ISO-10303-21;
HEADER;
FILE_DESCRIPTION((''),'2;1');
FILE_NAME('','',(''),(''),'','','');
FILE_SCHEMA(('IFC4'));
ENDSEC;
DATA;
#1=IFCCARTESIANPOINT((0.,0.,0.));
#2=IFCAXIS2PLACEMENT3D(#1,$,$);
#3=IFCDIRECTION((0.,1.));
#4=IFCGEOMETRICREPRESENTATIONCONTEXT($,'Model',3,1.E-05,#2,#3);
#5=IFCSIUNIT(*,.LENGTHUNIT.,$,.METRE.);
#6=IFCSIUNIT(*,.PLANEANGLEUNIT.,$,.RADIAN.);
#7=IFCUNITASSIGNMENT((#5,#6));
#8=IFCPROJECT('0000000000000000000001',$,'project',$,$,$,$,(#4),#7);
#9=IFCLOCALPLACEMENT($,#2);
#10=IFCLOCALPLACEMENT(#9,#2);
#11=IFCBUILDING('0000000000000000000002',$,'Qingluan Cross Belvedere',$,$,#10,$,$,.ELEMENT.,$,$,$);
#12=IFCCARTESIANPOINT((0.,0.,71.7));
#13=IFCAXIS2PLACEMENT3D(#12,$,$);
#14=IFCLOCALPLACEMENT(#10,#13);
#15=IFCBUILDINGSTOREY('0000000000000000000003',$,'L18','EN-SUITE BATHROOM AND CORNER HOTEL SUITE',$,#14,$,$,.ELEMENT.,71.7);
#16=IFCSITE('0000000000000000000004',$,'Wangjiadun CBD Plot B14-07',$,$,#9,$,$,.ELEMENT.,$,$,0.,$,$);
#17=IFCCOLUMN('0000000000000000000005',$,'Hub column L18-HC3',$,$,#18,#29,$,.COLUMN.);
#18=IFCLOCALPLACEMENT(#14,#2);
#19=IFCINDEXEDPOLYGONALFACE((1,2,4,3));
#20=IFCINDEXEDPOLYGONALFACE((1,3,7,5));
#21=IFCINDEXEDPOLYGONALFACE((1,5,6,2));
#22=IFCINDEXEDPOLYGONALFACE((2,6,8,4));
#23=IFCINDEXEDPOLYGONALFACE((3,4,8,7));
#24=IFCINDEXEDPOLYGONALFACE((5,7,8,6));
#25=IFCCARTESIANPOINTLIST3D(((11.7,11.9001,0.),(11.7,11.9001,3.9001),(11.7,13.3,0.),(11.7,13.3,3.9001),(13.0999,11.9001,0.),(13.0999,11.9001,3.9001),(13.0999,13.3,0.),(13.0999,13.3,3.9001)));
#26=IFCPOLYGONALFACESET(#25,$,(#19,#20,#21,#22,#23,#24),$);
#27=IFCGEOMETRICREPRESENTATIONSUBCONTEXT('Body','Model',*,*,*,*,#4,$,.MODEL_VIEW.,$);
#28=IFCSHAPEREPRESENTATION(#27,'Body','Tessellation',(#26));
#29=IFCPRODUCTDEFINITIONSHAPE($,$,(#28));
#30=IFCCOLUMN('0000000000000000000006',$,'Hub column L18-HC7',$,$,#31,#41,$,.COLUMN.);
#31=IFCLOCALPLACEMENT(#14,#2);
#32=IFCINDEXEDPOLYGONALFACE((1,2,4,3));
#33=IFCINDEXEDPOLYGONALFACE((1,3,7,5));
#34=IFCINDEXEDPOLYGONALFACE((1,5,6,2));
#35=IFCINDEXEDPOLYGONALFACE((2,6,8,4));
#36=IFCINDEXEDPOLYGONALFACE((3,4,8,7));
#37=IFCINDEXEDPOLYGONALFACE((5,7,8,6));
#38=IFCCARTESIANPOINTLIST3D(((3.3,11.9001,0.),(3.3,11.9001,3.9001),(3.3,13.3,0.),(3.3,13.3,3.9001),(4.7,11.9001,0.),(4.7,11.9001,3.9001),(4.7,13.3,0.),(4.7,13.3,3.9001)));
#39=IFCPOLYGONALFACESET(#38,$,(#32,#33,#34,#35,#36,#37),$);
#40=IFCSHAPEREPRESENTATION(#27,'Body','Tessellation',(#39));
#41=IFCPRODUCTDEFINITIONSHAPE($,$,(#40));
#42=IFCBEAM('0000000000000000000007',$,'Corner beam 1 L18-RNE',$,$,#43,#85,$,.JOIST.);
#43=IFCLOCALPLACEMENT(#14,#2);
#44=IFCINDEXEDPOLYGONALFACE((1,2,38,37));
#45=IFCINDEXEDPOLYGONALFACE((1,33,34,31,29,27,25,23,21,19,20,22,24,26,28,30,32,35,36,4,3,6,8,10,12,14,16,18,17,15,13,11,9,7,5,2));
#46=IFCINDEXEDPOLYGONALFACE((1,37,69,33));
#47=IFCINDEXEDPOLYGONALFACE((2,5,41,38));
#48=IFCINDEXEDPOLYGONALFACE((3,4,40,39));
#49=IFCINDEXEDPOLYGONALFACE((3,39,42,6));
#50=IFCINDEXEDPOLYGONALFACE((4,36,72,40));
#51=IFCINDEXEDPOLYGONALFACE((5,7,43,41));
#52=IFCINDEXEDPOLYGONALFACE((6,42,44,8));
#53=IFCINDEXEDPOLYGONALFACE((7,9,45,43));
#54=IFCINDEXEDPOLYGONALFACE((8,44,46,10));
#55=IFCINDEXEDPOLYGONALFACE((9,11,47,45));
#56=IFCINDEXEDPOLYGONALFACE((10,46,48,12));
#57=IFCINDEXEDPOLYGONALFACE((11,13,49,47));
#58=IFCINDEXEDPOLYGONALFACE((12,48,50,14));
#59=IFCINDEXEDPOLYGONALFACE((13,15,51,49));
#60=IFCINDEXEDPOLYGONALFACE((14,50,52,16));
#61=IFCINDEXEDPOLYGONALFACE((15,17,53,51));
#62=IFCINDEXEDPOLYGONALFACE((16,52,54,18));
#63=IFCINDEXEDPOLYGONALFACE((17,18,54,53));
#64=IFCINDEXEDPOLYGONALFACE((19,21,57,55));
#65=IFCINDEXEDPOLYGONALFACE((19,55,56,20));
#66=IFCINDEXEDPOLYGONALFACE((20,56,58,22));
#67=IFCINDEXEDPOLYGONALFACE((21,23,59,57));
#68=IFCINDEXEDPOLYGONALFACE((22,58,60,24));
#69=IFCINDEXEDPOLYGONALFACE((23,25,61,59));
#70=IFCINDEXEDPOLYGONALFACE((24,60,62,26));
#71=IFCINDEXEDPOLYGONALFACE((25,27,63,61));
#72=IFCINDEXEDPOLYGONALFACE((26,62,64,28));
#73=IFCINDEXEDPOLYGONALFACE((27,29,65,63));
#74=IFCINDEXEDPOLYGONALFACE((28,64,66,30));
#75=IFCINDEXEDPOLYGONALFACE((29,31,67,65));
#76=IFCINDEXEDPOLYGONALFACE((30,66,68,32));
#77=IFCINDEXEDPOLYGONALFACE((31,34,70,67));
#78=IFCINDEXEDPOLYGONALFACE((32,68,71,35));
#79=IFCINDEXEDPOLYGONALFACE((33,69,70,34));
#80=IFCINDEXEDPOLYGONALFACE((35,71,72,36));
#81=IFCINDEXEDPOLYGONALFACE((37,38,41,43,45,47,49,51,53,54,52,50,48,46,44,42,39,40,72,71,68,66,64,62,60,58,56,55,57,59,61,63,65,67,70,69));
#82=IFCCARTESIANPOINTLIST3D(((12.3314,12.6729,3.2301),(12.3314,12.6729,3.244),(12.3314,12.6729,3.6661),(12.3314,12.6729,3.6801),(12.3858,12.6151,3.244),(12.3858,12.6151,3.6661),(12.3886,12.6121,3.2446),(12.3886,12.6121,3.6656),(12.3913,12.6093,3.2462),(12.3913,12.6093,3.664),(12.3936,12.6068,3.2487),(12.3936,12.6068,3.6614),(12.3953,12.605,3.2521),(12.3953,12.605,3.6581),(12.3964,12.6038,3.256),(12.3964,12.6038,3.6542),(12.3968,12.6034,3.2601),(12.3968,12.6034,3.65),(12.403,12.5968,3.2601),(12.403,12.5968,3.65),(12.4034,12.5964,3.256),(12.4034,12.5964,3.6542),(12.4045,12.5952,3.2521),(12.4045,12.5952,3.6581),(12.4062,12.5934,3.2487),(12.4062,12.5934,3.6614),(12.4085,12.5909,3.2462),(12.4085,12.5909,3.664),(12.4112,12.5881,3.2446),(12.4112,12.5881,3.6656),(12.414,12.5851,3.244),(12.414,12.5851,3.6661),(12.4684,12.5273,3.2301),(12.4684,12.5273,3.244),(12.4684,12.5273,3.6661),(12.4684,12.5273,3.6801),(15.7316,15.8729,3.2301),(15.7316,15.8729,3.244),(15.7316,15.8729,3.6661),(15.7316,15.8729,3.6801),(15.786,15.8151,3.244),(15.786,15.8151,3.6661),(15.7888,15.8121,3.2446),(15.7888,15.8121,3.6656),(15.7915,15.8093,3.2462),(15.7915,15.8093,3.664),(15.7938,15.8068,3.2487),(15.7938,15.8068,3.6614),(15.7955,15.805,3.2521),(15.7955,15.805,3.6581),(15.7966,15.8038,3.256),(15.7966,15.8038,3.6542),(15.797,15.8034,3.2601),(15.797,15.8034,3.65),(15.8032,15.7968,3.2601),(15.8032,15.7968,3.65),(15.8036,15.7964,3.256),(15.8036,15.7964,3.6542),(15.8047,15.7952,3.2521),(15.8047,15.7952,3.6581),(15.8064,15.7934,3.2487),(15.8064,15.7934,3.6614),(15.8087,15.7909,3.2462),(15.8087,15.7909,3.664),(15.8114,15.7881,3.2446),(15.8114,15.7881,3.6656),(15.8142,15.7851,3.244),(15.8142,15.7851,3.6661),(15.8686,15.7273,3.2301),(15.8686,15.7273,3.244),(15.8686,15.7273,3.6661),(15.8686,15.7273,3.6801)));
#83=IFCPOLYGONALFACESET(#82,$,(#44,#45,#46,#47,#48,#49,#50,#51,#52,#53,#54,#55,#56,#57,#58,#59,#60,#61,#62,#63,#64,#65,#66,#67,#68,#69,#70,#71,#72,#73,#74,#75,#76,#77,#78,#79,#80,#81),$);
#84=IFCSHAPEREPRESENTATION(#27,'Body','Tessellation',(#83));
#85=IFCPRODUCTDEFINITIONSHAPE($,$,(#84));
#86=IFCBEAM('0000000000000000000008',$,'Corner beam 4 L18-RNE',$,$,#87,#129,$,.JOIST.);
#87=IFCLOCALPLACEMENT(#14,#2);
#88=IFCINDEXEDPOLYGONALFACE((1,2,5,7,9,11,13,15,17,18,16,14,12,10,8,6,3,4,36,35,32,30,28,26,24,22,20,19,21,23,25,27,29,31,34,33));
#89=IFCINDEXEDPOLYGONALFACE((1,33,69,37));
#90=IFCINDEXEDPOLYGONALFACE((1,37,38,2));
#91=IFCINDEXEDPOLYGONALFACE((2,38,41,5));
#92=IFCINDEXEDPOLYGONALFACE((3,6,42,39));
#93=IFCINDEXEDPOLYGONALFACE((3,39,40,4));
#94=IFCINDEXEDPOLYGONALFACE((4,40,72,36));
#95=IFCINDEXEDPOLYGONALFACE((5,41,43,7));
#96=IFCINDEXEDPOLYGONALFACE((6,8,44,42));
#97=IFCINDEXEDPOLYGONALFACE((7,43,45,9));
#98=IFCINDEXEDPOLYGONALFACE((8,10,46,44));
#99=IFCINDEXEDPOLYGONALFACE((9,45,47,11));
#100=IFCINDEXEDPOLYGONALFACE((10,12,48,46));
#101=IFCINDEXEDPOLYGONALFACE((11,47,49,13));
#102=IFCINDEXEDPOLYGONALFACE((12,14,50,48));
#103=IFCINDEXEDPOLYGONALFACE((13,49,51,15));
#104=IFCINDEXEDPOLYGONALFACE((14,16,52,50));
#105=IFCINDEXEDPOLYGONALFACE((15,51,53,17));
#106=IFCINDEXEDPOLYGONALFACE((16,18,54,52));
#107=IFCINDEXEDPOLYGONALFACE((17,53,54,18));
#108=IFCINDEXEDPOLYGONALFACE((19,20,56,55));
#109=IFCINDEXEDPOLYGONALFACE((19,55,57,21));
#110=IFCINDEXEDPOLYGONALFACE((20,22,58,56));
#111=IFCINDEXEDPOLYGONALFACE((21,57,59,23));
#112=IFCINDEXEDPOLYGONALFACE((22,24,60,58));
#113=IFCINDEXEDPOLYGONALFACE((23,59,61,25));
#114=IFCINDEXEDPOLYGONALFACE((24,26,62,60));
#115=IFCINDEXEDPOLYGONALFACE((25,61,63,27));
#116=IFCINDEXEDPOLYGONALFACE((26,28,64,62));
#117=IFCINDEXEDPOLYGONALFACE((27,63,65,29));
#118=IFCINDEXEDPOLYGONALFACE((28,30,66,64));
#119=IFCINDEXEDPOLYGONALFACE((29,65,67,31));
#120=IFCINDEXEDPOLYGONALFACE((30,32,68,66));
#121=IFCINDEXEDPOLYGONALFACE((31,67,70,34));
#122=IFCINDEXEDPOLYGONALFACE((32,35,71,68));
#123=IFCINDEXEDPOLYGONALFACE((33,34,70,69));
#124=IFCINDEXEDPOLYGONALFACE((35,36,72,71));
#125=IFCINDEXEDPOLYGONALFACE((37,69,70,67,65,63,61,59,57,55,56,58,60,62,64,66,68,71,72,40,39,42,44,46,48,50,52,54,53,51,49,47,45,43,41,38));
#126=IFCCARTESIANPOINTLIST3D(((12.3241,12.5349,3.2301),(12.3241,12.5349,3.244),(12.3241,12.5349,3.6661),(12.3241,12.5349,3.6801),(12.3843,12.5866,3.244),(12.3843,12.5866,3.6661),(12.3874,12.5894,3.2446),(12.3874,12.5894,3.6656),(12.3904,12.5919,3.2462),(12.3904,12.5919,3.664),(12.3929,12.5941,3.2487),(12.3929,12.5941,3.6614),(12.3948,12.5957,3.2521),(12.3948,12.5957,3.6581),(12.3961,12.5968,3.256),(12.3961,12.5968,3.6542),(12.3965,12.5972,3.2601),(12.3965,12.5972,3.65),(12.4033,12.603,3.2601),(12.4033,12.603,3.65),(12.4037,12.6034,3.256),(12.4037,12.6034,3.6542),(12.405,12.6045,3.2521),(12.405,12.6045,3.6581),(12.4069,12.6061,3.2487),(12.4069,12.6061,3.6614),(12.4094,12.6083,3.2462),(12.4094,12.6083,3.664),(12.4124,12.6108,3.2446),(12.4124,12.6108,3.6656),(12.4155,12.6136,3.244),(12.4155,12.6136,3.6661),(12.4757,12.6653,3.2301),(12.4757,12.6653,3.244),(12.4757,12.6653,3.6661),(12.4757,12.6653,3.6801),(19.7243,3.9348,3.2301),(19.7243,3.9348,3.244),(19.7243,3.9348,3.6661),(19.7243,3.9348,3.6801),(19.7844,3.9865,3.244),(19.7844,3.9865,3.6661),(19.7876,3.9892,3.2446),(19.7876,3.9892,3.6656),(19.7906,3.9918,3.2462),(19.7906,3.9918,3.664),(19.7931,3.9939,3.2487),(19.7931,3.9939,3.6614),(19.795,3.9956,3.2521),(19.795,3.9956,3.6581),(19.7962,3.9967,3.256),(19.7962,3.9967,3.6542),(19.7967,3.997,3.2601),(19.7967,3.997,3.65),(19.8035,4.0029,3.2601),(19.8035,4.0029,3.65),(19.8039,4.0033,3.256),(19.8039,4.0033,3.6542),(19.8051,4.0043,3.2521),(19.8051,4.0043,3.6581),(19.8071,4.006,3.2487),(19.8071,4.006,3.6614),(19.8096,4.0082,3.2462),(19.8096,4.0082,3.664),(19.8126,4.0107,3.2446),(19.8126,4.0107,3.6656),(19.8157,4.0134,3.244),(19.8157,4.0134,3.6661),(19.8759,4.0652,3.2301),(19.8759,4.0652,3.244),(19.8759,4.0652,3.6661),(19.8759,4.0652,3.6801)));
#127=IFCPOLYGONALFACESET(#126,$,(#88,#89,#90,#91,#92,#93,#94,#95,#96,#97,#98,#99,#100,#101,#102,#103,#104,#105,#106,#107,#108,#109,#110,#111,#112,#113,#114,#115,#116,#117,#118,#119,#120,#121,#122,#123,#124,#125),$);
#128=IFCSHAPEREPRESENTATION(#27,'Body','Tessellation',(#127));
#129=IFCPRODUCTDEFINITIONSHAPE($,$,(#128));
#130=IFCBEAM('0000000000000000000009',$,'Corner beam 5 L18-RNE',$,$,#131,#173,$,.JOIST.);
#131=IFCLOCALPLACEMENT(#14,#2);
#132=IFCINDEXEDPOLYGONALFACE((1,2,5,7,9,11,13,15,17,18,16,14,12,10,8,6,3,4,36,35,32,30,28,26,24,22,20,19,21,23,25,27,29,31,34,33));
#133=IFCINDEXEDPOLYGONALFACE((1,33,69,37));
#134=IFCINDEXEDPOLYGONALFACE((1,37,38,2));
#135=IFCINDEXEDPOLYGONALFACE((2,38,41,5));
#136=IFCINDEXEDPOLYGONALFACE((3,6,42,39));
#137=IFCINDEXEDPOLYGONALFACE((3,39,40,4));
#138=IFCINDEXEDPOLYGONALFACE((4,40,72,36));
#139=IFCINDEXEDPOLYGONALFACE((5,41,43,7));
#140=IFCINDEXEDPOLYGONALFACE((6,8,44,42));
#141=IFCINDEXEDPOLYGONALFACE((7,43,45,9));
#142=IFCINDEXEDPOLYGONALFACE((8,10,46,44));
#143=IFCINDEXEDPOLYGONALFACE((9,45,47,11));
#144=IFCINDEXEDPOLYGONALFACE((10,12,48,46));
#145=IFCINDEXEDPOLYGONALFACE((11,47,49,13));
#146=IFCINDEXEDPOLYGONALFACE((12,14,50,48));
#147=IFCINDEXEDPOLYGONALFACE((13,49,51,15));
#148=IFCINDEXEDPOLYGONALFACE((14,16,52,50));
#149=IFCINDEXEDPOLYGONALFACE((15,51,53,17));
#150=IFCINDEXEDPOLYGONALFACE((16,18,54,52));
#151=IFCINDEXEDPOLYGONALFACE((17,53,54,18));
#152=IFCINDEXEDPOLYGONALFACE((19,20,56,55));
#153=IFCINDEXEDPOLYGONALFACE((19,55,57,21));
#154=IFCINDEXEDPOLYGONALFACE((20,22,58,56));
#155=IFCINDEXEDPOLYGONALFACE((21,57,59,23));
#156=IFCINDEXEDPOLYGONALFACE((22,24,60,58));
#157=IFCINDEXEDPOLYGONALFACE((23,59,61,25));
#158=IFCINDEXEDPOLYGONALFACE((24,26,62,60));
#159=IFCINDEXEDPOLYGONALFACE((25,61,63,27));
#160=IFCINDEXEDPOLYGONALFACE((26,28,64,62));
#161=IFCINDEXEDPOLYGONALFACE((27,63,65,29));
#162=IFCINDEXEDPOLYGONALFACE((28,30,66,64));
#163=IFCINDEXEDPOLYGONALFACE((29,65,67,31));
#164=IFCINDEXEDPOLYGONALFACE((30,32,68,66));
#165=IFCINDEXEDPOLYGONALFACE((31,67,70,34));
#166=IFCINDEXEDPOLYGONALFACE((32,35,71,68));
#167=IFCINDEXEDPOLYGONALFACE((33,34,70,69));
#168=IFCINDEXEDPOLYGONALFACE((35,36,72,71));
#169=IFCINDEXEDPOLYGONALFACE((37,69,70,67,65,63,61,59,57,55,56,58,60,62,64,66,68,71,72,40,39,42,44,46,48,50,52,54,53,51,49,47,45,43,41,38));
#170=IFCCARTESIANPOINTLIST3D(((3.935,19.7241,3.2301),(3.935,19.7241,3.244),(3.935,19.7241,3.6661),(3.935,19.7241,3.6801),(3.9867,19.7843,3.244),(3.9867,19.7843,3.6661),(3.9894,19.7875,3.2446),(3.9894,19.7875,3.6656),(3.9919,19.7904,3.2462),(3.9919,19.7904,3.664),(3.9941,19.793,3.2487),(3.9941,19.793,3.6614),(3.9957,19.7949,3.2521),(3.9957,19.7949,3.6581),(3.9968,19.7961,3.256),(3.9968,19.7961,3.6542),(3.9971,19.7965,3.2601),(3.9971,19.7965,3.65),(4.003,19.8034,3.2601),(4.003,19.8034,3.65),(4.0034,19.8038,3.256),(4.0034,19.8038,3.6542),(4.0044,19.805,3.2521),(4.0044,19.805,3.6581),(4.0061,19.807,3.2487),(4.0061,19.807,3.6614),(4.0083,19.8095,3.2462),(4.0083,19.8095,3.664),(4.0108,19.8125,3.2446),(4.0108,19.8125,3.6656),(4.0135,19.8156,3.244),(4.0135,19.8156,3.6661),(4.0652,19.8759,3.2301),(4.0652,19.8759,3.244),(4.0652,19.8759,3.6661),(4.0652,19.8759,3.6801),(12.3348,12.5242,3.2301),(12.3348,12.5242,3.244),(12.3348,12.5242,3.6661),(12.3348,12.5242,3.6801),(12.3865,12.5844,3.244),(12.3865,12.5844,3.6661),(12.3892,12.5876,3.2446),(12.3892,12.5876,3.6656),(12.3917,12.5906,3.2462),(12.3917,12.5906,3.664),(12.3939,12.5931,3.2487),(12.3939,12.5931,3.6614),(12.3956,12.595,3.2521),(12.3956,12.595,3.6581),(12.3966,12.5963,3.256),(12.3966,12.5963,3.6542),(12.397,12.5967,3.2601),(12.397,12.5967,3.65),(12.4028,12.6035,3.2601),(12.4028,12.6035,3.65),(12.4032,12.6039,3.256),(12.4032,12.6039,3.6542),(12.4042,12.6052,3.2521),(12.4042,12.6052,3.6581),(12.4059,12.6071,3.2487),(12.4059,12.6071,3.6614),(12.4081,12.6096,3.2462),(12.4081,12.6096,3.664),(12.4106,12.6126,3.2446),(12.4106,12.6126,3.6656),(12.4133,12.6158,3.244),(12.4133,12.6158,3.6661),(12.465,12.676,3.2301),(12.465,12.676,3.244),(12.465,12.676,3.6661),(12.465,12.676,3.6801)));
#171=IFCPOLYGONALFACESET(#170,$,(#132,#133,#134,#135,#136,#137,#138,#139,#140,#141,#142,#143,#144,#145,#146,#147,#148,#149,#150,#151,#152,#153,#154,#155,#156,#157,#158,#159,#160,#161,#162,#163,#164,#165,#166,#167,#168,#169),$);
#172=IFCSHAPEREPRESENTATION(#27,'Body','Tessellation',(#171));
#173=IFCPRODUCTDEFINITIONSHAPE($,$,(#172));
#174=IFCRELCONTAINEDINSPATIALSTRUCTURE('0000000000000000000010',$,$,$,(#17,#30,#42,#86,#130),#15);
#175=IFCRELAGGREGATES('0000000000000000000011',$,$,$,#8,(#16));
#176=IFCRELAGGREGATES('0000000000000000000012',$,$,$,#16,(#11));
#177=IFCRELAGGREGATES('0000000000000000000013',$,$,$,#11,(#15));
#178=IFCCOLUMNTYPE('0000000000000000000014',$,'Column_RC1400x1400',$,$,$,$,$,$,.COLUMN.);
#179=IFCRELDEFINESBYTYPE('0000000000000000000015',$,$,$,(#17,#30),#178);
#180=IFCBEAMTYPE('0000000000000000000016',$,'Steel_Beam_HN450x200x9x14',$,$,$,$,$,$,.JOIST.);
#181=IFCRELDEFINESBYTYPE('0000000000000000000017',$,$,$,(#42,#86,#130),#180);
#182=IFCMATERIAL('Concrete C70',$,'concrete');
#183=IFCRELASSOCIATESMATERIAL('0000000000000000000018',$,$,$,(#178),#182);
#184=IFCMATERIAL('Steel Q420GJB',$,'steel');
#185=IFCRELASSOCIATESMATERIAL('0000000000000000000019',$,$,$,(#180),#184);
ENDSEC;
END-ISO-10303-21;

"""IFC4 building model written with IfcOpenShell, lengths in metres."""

from ifc_helpers import new_model, si_unit, direction, frame, origin, origin_2d, place, context, subcontext, project, spatial, rectangle, i_section, extrude, material, material_profile, profile_set, type_object, element, save


model = new_model("IFC4")

# Units and contexts
model_context = context("Model", 3, precision=1e-05, world=origin(), true_north=direction((0.0, 1.0)))
body_context = subcontext(model_context, "Body", "Model", "MODEL_VIEW")
ifc_project = project(units=[si_unit("LENGTHUNIT", "METRE"), si_unit("PLANEANGLEUNIT", "RADIAN")], contexts=[model_context])

# Site, building, storey
site_placement = place(None, origin())
site = spatial("IfcSite", under=ifc_project, at=site_placement, Name="Wangjiadun CBD Plot B14-07", CompositionType="ELEMENT", RefElevation=0.0)
building_placement = place(site_placement, origin())
building = spatial("IfcBuilding", under=site, at=building_placement, Name="Qingluan Cross Belvedere", CompositionType="ELEMENT")
storey_placement = place(building_placement, frame((0.0, 0.0, 71.7)))
storey = spatial("IfcBuildingStorey", under=building, at=storey_placement, Name="L18", Description="EN-SUITE BATHROOM AND CORNER HOTEL SUITE", CompositionType="ELEMENT", Elevation=71.7)

# Columns
ifc_material_1 = material(Name="Concrete C70", Category="concrete")
ifc_material_profile_1 = material_profile(ifc_material_1, rectangle(XDim=1.3999, YDim=1.3999, at=origin_2d()), Name="RC1400x1400")
ifc_profile_set_1 = profile_set([ifc_material_profile_1], Name="Concrete C70")
column_type = type_object("IfcColumnType", Name="Column_RC1400x1400", PredefinedType="COLUMN", material=ifc_profile_set_1)
for number, where, z_axis, x_axis, name in (
    (1, (12.3999, 12.6001, 0.0), (0.0, 0.0, 1.0), (1.0, 0.0, 0.0), "Hub column L18-HC3"),
    (2, (4.0, 12.6001, 0.0), (0.0, 0.0, 1.0), (1.0, 0.0, 0.0), "Hub column L18-HC7"),
):
    element("IfcColumn", number, at=place(storey_placement, frame(where, z_axis=z_axis, x_axis=x_axis)), inside=storey, type_object=column_type, Name=name, PredefinedType="COLUMN", context=body_context, shape_type="SweptSolid", body=[
        extrude(rectangle(XDim=1.3999, YDim=1.3999, at=origin_2d()), origin(), (0.0, 0.0, 1.0), 3.9001),
    ])

# Beams
ifc_material_2 = material(Name="Steel Q420GJB", Category="steel")
ifc_material_profile_2 = material_profile(ifc_material_2, i_section(OverallWidth=0.2, OverallDepth=0.45, WebThickness=0.009, FlangeThickness=0.0139, FilletRadius=0.0161, at=origin_2d()), Name="HN450x200x9x14")
ifc_profile_set_2 = profile_set([ifc_material_profile_2], Name="Steel Q420GJB")
beam_type_1 = type_object("IfcBeamType", Name="Steel_Beam_HN450x200x9x14", PredefinedType="JOIST", material=ifc_profile_set_2)
beam_1_placement = place(storey_placement, frame((12.3999, 12.6001, 3.4551), z_axis=(0.72822, 0.685343, 0.0), x_axis=(-0.685343, 0.72822, 0.0)))
element("IfcBeam", 3, at=beam_1_placement, inside=storey, type_object=beam_type_1, Name="Corner beam 1 L18-RNE", PredefinedType="JOIST", context=body_context, shape_type="SweptSolid", body=[
    extrude(i_section(OverallWidth=0.2, OverallDepth=0.45, WebThickness=0.009, FlangeThickness=0.0139, FilletRadius=0.0161, at=origin_2d()), origin(), (0.0, 0.0, 1.0), 4.6692),
])
beam_2_placement = place(storey_placement, frame((12.3999, 12.6001, 3.4551), z_axis=(0.652245, -0.758008, 0.0), x_axis=(0.758008, 0.652245, 0.0)))
element("IfcBeam", 4, at=beam_2_placement, inside=storey, type_object=beam_type_1, Name="Corner beam 4 L18-RNE", PredefinedType="JOIST", context=body_context, shape_type="SweptSolid", body=[
    extrude(i_section(OverallWidth=0.2, OverallDepth=0.45, WebThickness=0.009, FlangeThickness=0.0139, FilletRadius=0.0161, at=origin_2d()), origin(), (0.0, 0.0, 1.0), 11.3457),
])
beam_3_placement = place(storey_placement, frame((12.3999, 12.6001, 3.4551), z_axis=(-0.759255, 0.650793, 0.0), x_axis=(-0.650793, -0.759255, 0.0)))
element("IfcBeam", 5, at=beam_3_placement, inside=storey, type_object=beam_type_1, Name="Corner beam 5 L18-RNE", PredefinedType="JOIST", context=body_context, shape_type="SweptSolid", body=[
    extrude(i_section(OverallWidth=0.2, OverallDepth=0.45, WebThickness=0.009, FlangeThickness=0.0139, FilletRadius=0.0161, at=origin_2d()), origin(), (0.0, 0.0, 1.0), 11.0632),
])

save(model, "model.ifc")
